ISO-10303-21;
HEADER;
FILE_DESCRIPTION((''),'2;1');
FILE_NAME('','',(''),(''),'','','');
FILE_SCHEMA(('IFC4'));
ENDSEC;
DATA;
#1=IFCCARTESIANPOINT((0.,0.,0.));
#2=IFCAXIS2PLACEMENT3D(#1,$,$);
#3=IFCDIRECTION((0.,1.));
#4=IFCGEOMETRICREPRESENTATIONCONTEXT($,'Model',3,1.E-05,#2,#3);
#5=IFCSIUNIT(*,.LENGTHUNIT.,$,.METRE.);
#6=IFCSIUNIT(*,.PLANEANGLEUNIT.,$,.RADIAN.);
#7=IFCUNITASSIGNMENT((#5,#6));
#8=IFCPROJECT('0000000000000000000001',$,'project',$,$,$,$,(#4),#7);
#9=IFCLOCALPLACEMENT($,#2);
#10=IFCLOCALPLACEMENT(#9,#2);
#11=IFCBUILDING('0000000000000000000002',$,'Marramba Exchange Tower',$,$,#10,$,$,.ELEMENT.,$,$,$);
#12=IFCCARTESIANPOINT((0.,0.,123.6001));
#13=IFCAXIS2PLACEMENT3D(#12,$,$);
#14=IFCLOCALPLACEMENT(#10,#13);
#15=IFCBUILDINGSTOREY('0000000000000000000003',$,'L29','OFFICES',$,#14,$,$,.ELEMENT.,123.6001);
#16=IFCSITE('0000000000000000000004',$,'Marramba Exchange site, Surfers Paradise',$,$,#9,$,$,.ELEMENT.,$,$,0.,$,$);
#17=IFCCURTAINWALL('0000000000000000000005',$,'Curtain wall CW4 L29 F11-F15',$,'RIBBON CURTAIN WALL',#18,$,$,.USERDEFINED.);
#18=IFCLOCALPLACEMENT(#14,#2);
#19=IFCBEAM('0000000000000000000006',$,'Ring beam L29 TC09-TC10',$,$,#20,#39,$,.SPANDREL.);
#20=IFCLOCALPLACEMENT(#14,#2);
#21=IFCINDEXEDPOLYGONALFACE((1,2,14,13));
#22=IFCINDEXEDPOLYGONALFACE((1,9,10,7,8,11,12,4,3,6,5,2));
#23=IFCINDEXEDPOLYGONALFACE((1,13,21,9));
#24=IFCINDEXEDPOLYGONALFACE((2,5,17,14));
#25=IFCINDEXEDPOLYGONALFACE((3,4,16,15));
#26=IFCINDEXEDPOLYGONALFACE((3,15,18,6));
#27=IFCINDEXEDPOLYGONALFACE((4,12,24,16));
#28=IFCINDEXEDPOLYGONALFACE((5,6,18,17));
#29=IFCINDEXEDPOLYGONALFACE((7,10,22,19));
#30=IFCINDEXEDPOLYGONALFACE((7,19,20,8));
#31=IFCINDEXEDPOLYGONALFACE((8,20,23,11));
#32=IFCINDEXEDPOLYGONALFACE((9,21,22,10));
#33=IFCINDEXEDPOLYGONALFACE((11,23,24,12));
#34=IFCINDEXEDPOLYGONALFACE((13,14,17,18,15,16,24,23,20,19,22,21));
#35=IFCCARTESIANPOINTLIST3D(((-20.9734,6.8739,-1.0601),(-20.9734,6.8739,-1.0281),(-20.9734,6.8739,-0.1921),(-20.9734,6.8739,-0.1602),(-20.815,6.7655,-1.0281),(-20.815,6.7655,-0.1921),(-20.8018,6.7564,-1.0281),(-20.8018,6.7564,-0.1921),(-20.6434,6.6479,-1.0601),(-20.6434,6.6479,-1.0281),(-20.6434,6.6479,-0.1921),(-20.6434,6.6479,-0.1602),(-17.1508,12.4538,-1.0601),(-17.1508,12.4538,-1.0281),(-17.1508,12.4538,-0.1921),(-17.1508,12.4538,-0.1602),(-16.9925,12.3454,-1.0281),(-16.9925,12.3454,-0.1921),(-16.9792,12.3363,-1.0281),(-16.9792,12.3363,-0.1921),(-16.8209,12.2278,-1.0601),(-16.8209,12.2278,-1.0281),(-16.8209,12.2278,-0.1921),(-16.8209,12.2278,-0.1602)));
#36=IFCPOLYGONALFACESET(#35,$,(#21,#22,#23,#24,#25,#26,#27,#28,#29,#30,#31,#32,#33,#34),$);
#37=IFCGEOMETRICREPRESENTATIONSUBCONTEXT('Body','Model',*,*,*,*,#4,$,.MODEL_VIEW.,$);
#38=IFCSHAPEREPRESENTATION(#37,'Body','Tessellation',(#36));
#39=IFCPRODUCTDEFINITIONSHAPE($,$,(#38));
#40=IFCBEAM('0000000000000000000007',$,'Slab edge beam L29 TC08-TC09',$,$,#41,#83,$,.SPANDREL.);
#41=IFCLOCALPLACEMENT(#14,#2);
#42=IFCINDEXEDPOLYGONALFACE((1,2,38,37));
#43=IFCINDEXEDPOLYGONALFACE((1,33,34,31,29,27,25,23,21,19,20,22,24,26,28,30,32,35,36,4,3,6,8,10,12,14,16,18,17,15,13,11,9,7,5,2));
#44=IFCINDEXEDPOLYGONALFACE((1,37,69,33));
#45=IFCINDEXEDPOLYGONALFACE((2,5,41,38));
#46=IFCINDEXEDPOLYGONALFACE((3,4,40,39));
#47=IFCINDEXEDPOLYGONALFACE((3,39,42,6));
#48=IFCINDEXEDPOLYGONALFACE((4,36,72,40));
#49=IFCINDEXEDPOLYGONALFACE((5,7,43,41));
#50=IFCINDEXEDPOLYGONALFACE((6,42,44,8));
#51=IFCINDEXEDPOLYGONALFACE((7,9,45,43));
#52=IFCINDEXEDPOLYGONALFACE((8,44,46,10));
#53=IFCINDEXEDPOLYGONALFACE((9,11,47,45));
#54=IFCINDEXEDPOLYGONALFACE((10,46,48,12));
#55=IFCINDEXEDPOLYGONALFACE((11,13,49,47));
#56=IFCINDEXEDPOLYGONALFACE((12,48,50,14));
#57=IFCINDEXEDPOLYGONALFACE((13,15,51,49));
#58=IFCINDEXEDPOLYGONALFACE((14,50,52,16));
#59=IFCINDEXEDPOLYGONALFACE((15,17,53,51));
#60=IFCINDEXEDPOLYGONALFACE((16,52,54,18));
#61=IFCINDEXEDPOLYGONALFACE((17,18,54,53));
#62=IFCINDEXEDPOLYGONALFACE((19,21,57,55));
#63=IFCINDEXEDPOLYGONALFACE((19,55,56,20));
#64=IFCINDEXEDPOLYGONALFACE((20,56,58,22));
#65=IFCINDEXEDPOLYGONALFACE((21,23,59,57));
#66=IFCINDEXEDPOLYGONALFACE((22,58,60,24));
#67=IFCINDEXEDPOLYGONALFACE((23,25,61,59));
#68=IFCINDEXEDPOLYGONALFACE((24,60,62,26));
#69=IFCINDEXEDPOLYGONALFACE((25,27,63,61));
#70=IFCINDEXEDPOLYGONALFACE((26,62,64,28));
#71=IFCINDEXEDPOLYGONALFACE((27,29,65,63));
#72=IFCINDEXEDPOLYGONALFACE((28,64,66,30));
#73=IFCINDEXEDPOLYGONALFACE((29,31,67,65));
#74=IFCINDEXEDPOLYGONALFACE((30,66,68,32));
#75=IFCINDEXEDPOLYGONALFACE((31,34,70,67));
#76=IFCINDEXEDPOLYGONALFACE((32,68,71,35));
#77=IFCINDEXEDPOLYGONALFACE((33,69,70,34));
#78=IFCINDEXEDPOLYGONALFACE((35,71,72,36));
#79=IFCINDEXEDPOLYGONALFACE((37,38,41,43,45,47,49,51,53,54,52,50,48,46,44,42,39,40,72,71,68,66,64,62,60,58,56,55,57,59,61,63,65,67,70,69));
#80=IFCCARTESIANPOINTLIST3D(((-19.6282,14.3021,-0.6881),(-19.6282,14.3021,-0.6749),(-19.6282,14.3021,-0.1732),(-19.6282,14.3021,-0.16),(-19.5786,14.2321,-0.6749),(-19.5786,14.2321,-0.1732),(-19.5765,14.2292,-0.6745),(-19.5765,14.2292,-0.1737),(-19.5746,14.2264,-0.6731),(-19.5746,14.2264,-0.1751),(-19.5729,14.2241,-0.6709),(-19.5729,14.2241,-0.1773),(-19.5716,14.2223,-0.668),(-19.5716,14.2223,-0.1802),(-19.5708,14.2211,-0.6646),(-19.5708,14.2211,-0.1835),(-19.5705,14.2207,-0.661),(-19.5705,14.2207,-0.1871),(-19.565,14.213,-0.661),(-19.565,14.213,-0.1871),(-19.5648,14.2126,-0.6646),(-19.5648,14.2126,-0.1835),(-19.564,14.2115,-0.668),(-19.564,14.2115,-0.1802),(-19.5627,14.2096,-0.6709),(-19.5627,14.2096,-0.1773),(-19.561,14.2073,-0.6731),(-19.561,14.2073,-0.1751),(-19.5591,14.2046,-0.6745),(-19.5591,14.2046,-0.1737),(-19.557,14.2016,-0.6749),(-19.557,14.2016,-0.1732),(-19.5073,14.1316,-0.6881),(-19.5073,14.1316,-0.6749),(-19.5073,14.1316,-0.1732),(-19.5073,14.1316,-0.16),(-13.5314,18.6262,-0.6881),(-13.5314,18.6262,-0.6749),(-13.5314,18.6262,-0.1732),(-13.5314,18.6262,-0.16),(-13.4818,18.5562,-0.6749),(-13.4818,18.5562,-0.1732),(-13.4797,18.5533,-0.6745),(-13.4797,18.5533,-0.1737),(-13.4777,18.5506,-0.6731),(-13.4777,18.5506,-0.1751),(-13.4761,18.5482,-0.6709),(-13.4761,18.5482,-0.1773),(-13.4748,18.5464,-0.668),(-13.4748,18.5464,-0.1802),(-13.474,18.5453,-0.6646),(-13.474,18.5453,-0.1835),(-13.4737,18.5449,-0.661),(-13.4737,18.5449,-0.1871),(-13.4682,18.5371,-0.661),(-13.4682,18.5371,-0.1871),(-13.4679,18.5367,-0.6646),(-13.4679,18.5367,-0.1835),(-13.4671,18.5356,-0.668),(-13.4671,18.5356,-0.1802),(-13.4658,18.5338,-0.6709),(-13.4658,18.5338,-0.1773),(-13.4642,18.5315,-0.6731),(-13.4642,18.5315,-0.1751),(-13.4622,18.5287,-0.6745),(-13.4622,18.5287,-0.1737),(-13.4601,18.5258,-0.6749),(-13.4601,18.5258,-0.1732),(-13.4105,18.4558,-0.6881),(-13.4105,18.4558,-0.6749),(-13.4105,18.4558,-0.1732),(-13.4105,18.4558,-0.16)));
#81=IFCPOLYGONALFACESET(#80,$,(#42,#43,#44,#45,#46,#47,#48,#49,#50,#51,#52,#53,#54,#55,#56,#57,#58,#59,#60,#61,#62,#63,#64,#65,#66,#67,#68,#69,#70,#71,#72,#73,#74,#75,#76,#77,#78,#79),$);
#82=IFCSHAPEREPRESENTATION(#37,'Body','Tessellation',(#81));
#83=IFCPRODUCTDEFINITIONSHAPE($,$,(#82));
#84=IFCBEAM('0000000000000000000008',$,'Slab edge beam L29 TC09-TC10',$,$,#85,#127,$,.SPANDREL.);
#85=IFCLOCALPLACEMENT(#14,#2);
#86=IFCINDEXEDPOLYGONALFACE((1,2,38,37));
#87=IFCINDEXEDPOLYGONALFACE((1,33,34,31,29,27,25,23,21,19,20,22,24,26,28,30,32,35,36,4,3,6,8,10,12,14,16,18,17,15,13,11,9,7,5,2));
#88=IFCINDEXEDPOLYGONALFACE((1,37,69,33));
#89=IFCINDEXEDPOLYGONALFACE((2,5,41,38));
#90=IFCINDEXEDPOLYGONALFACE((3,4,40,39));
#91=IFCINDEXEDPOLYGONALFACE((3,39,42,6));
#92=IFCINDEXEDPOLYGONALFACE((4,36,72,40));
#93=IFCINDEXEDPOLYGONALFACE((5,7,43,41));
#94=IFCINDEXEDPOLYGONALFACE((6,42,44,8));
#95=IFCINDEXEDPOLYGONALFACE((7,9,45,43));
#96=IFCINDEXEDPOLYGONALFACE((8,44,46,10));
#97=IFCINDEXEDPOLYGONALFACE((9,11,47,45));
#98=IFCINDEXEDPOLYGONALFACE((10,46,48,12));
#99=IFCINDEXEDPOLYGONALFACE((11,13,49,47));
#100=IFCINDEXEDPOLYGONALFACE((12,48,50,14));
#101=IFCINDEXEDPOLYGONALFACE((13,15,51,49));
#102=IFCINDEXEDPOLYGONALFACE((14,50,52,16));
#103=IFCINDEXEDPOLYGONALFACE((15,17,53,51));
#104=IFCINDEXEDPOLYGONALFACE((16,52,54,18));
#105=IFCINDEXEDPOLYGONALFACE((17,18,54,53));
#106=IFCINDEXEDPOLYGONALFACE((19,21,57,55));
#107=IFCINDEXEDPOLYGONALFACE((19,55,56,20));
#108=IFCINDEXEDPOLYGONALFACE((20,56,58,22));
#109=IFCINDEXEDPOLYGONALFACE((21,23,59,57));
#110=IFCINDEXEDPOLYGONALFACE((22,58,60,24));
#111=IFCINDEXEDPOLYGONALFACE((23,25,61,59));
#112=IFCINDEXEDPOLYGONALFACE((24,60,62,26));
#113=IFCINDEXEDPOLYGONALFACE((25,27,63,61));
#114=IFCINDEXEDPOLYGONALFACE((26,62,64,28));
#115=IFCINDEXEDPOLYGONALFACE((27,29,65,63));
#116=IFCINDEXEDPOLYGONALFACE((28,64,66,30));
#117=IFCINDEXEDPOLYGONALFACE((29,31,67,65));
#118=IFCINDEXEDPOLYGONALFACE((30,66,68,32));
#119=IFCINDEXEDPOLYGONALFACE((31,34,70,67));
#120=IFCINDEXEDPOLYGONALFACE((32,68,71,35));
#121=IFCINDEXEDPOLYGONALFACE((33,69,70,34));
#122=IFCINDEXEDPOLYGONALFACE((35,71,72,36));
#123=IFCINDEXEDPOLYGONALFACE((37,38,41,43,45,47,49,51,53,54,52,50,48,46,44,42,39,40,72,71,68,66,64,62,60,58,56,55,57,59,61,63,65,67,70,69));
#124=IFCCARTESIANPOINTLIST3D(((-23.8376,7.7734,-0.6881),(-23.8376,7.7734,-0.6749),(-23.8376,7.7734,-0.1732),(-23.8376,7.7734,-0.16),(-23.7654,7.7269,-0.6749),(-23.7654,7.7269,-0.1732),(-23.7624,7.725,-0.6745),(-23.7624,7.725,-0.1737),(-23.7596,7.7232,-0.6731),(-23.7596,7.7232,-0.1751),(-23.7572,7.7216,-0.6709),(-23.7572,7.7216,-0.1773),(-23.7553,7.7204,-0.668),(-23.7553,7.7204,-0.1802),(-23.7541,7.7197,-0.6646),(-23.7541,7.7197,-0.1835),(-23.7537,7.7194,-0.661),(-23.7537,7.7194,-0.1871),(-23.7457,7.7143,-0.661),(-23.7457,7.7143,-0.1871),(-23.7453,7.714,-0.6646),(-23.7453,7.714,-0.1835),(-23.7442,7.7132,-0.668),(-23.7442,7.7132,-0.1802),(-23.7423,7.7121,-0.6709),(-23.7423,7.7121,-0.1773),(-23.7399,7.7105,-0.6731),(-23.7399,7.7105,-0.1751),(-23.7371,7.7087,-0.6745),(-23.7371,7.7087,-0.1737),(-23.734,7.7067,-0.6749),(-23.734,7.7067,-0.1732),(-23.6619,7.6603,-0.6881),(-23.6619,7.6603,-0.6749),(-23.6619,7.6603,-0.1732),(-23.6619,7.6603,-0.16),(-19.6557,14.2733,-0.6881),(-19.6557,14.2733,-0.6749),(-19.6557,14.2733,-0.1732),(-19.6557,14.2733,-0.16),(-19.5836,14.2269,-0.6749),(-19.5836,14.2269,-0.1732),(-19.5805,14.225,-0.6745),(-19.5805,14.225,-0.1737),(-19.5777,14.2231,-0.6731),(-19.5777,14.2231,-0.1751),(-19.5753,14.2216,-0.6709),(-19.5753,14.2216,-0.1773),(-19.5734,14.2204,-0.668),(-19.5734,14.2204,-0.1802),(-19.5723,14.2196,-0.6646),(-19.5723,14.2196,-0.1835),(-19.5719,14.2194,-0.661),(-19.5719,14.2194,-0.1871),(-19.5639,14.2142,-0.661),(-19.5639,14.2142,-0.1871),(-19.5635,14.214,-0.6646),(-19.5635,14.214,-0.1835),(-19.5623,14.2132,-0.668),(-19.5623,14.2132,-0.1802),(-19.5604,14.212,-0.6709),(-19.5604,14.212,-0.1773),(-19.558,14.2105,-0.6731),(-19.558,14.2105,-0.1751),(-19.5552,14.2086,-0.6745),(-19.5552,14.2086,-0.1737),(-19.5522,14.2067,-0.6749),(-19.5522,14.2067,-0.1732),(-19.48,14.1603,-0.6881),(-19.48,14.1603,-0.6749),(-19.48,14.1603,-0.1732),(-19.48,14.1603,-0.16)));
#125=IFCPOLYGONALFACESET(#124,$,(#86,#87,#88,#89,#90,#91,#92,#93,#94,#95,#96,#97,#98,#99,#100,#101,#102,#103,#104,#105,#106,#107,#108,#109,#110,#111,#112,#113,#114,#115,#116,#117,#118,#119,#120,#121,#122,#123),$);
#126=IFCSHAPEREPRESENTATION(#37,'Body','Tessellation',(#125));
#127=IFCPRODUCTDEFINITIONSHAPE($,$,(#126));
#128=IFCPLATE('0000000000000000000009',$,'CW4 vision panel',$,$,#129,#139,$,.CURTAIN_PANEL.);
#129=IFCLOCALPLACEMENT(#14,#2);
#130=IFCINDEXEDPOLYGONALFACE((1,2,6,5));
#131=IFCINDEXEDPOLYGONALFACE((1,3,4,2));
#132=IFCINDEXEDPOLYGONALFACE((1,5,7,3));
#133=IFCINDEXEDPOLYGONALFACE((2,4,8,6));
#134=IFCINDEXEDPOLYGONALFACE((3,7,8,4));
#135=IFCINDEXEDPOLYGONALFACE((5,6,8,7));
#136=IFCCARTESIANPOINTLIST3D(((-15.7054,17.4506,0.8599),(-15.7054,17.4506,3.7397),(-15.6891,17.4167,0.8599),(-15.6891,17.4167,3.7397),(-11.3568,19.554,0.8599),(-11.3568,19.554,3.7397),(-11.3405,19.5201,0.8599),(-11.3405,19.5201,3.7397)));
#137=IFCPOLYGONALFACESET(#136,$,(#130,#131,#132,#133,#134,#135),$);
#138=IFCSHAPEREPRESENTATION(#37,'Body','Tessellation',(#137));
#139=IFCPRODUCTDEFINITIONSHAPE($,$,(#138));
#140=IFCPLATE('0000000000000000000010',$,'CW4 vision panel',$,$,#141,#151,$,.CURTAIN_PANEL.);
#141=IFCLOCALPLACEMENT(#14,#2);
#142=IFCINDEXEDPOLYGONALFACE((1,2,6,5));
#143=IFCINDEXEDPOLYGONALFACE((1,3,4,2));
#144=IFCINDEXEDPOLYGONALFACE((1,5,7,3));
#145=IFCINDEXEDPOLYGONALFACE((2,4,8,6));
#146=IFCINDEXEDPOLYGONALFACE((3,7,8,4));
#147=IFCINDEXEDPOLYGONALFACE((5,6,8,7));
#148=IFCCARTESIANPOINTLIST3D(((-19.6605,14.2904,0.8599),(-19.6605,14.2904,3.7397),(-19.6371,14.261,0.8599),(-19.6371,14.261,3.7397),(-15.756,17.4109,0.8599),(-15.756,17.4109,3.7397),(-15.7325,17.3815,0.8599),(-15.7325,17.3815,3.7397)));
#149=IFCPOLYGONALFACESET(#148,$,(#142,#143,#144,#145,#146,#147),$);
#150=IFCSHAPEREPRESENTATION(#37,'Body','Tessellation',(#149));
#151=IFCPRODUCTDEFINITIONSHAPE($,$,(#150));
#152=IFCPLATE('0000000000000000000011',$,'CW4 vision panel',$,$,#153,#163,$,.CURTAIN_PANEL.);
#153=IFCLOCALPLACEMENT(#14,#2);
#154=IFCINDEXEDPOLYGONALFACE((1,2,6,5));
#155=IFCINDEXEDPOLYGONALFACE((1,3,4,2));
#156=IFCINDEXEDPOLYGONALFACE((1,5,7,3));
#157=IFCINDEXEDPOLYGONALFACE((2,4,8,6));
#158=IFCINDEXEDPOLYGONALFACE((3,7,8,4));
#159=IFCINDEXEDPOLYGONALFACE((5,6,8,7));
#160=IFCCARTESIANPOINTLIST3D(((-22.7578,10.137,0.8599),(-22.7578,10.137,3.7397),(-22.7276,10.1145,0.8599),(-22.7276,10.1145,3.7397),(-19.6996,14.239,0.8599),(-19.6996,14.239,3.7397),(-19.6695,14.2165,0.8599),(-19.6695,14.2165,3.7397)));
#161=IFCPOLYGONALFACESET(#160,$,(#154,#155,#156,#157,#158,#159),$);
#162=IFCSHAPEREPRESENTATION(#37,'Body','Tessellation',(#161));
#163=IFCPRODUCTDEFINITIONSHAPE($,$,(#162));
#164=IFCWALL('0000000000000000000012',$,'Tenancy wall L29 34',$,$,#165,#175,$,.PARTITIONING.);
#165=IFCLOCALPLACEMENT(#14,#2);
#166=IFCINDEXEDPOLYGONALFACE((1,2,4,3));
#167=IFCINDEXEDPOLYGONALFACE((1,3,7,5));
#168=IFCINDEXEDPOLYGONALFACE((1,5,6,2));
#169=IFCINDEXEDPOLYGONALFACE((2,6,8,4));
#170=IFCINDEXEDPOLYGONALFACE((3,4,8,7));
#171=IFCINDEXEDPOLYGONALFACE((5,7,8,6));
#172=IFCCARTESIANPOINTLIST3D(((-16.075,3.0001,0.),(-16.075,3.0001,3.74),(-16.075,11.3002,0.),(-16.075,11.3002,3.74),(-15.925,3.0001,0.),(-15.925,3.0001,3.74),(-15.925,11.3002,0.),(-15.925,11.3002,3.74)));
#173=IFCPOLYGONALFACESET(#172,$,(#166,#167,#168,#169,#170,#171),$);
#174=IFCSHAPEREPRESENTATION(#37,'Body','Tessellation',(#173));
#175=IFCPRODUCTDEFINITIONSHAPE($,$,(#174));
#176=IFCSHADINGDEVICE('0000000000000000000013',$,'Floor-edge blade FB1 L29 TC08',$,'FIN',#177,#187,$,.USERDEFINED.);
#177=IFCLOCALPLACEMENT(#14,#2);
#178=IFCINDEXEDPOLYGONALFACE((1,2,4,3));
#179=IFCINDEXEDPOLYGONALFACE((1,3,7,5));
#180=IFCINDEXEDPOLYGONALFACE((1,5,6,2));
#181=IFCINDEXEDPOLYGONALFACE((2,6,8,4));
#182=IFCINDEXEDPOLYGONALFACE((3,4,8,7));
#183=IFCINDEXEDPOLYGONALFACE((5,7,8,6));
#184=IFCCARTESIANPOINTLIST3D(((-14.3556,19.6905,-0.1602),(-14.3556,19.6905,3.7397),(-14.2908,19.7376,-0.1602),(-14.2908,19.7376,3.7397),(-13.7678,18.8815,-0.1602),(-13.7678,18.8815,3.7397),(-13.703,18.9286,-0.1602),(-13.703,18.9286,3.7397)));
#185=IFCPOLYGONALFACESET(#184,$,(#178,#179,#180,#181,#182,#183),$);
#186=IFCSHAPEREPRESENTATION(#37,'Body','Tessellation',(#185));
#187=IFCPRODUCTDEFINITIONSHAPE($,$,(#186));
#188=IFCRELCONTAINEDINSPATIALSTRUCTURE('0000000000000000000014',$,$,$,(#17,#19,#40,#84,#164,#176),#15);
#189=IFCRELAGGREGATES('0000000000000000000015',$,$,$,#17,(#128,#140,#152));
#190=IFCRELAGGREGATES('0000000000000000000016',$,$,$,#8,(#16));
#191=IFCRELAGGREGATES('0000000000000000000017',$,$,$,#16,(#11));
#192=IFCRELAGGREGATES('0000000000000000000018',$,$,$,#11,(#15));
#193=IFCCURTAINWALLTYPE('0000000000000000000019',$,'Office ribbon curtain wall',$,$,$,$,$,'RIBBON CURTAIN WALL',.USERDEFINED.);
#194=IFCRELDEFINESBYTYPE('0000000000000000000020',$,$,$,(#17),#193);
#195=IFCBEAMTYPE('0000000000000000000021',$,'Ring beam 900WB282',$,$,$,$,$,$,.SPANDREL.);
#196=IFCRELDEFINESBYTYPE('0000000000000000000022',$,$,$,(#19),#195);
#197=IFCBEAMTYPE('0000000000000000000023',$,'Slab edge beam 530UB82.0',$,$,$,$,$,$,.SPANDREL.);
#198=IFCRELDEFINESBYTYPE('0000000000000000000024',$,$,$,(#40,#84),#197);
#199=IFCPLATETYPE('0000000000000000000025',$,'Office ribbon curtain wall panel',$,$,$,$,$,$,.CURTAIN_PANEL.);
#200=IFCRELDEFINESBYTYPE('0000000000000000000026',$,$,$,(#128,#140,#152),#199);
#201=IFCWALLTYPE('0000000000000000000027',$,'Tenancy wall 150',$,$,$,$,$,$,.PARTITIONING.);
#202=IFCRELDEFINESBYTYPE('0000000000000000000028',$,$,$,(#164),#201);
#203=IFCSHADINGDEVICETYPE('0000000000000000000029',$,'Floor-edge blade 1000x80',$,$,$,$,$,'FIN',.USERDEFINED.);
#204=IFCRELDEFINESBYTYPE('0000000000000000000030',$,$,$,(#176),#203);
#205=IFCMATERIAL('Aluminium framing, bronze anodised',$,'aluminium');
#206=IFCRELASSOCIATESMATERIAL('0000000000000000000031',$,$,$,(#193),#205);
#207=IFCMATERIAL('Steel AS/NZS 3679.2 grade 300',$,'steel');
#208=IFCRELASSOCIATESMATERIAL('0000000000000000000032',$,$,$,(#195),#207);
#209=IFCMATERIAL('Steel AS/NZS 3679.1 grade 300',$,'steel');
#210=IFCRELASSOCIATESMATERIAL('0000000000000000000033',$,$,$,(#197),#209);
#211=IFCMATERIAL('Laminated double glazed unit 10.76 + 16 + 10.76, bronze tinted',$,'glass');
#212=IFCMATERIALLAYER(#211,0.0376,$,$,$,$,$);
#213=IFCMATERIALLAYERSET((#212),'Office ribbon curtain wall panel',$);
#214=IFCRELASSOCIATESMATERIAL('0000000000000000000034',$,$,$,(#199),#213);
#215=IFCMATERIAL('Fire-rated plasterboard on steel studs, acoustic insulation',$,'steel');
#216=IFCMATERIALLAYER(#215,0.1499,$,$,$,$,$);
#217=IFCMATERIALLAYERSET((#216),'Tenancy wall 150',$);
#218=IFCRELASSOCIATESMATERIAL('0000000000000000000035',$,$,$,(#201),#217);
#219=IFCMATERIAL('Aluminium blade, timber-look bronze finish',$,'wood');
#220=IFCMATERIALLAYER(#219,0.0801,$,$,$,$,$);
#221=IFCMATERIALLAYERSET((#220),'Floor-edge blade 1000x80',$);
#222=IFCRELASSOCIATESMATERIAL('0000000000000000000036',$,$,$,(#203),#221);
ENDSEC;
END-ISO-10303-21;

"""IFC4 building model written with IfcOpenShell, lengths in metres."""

from ifc_helpers import new_model, si_unit, direction, frame, frame_2d, origin, origin_2d, place, context, subcontext, project, spatial, rectangle, i_section, extrude, material, layer, layer_set, material_profile, profile_set, type_object, element, aggregate, save


model = new_model("IFC4")

# Units and contexts
model_context = context("Model", 3, precision=1e-05, world=origin(), true_north=direction((0.0, 1.0)))
body_context = subcontext(model_context, "Body", "Model", "MODEL_VIEW")
ifc_project = project(units=[si_unit("LENGTHUNIT", "METRE"), si_unit("PLANEANGLEUNIT", "RADIAN")], contexts=[model_context])

# Site, building, storey
site_placement = place(None, origin())
site = spatial("IfcSite", under=ifc_project, at=site_placement, Name="Marramba Exchange site, Surfers Paradise", CompositionType="ELEMENT", RefElevation=0.0)
building_placement = place(site_placement, origin())
building = spatial("IfcBuilding", under=site, at=building_placement, Name="Marramba Exchange Tower", CompositionType="ELEMENT")
storey_placement = place(building_placement, frame((0.0, 0.0, 123.6001)))
storey = spatial("IfcBuildingStorey", under=building, at=storey_placement, Name="L29", Description="OFFICES", CompositionType="ELEMENT", Elevation=123.6001)

# Shared definitions
ifc_material_1 = material(Name="Steel AS/NZS 3679.2 grade 300", Category="steel")
ifc_material_2 = material(Name="Steel AS/NZS 3679.1 grade 300", Category="steel")

# Curtain wall
ifc_material_3 = material(Name="Aluminium framing, bronze anodised", Category="aluminium")
curtain_wall_type = type_object("IfcCurtainWallType", Name="Office ribbon curtain wall", ElementType="RIBBON CURTAIN WALL", PredefinedType="USERDEFINED", material=ifc_material_3)
curtain_wall_placement = place(storey_placement, origin())
curtain_wall = element("IfcCurtainWall", 1, at=curtain_wall_placement, inside=storey, type_object=curtain_wall_type, Name="Curtain wall CW4 L29 F11-F15", ObjectType="RIBBON CURTAIN WALL", PredefinedType="USERDEFINED")

# Beams
ifc_material_profile_1 = material_profile(ifc_material_1, i_section(OverallWidth=0.3999, OverallDepth=0.8999, WebThickness=0.0161, FlangeThickness=0.032, at=origin_2d()), Name="900WB282")
ifc_profile_set_1 = profile_set([ifc_material_profile_1], Name="Steel AS/NZS 3679.2 grade 300")
beam_type_1 = type_object("IfcBeamType", Name="Ring beam 900WB282", PredefinedType="SPANDREL", material=ifc_profile_set_1)
beam_1_placement = place(storey_placement, frame((-16.9858, 12.3408, -0.6101), z_axis=(-0.56516, -0.824981, 0.0), x_axis=(0.824981, -0.56516, 0.0)))
element("IfcBeam", 2, at=beam_1_placement, inside=storey, type_object=beam_type_1, Name="Ring beam L29 TC09-TC10", PredefinedType="SPANDREL", context=body_context, shape_type="SweptSolid", body=[
    extrude(i_section(OverallWidth=0.3999, OverallDepth=0.8999, WebThickness=0.0161, FlangeThickness=0.032, at=origin_2d()), origin(), (0.0, 0.0, 1.0), 6.7637),
])
ifc_material_profile_2 = material_profile(ifc_material_2, i_section(OverallWidth=0.209, OverallDepth=0.5281, WebThickness=0.0095, FlangeThickness=0.0132, FilletRadius=0.0139, at=origin_2d()), Name="530UB82.0")
ifc_profile_set_2 = profile_set([ifc_material_profile_2], Name="Steel AS/NZS 3679.1 grade 300")
beam_type_2 = type_object("IfcBeamType", Name="Slab edge beam 530UB82.0", PredefinedType="SPANDREL", material=ifc_profile_set_2)
beam_2_placement = place(storey_placement, frame((-13.4709, 18.541, -0.4241), z_axis=(-0.815673, -0.578513, 0.0), x_axis=(0.578513, -0.815673, 0.0)))
element("IfcBeam", 3, at=beam_2_placement, inside=storey, type_object=beam_type_2, Name="Slab edge beam L29 TC08-TC09", PredefinedType="SPANDREL", context=body_context, shape_type="SweptSolid", body=[
    extrude(i_section(OverallWidth=0.209, OverallDepth=0.5281, WebThickness=0.0095, FlangeThickness=0.0132, FilletRadius=0.0139, at=origin_2d()), origin(), (0.0, 0.0, 1.0), 7.4746),
])
beam_3_placement = place(storey_placement, frame((-19.5679, 14.2168, -0.4241), z_axis=(-0.541061, -0.840983, 0.0), x_axis=(0.840983, -0.541061, 0.0)))
element("IfcBeam", 4, at=beam_3_placement, inside=storey, type_object=beam_type_2, Name="Slab edge beam L29 TC09-TC10", PredefinedType="SPANDREL", context=body_context, shape_type="SweptSolid", body=[
    extrude(i_section(OverallWidth=0.209, OverallDepth=0.5281, WebThickness=0.0095, FlangeThickness=0.0132, FilletRadius=0.0139, at=origin_2d()), origin(), (0.0, 0.0, 1.0), 7.729),
])

# Plates
ifc_material_4 = material(Name="Laminated double glazed unit 10.76 + 16 + 10.76, bronze tinted", Category="glass")
ifc_layer_1 = layer(ifc_material_4, 0.0376)
ifc_layer_set_1 = layer_set([ifc_layer_1], Name="Office ribbon curtain wall panel")
plate_type = type_object("IfcPlateType", Name="Office ribbon curtain wall panel", PredefinedType="CURTAIN_PANEL", material=ifc_layer_set_1)
plate_1_placement = place(storey_placement, frame((-13.5229, 18.4854, 0.8599), z_axis=(0.0, 0.0, 1.0), x_axis=(-0.900224, -0.435428, 0.0)))
plate_1 = element("IfcPlate", 5, at=plate_1_placement, type_object=plate_type, Name="CW4 vision panel", PredefinedType="CURTAIN_PANEL", context=body_context, shape_type="SweptSolid", body=[
    extrude(rectangle(XDim=4.8306, YDim=0.0376, at=origin_2d()), origin(), (0.0, 0.0, 1.0), 2.8799),
])
plate_2_placement = place(storey_placement, frame((-17.6965, 15.8359, 0.8599), z_axis=(0.0, 0.0, 1.0), x_axis=(-0.781178, -0.624308, 0.0)))
plate_2 = element("IfcPlate", 6, at=plate_2_placement, type_object=plate_type, Name="CW4 vision panel", PredefinedType="CURTAIN_PANEL", context=body_context, shape_type="SweptSolid", body=[
    extrude(rectangle(XDim=4.9983, YDim=0.0376, at=origin_2d()), origin(), (0.0, 0.0, 1.0), 2.8799),
])
plate_3_placement = place(storey_placement, frame((-21.2136, 12.1768, 0.8599), z_axis=(0.0, 0.0, 1.0), x_axis=(-0.597704, -0.801717, 0.0)))
plate_3 = element("IfcPlate", 7, at=plate_3_placement, type_object=plate_type, Name="CW4 vision panel", PredefinedType="CURTAIN_PANEL", context=body_context, shape_type="SweptSolid", body=[
    extrude(rectangle(XDim=5.1165, YDim=0.0376, at=origin_2d()), origin(), (0.0, 0.0, 1.0), 2.8799),
])
aggregate(curtain_wall, [plate_1, plate_2, plate_3])

# Wall
ifc_material_5 = material(Name="Fire-rated plasterboard on steel studs, acoustic insulation", Category="steel")
ifc_layer_2 = layer(ifc_material_5, 0.1499)
ifc_layer_set_2 = layer_set([ifc_layer_2], Name="Tenancy wall 150")
wall_type_1 = type_object("IfcWallType", Name="Tenancy wall 150", PredefinedType="PARTITIONING", material=ifc_layer_set_2)
wall_1_placement = place(storey_placement, frame((-16.0, 11.3, 0.0), z_axis=(0.0, 0.0, 1.0), x_axis=(0.0, -1.0, 0.0)))
element("IfcWall", 8, at=wall_1_placement, inside=storey, type_object=wall_type_1, Name="Tenancy wall L29 34", PredefinedType="PARTITIONING", context=body_context, shape_type="SweptSolid", body=[
    extrude(rectangle(XDim=8.3, YDim=0.1499, at=frame_2d((4.1499, 0.0))), origin(), (0.0, 0.0, 1.0), 3.74),
])

# Shading device
ifc_material_6 = material(Name="Aluminium blade, timber-look bronze finish", Category="wood")
ifc_layer_3 = layer(ifc_material_6, 0.0801)
ifc_layer_set_3 = layer_set([ifc_layer_3], Name="Floor-edge blade 1000x80")
shading_device_type_1 = type_object("IfcShadingDeviceType", Name="Floor-edge blade 1000x80", ElementType="FIN", PredefinedType="USERDEFINED", material=ifc_layer_set_3)
for number, where, z_axis, x_axis, name in (
    (9, (-14.0293, 19.3096, -0.1602), (0.0, 0.0, 1.0), (-0.587785, 0.809017, 0.0), "Floor-edge blade FB1 L29 TC08"),
):
    element("IfcShadingDevice", number, at=place(storey_placement, frame(where, z_axis=z_axis, x_axis=x_axis)), inside=storey, type_object=shading_device_type_1, Name=name, ObjectType="FIN", PredefinedType="USERDEFINED", context=body_context, shape_type="SweptSolid", body=[
        extrude(rectangle(XDim=1.0, YDim=0.0801, at=origin_2d()), origin(), (0.0, 0.0, 1.0), 3.8999),
    ])

save(model, "model.ifc")
